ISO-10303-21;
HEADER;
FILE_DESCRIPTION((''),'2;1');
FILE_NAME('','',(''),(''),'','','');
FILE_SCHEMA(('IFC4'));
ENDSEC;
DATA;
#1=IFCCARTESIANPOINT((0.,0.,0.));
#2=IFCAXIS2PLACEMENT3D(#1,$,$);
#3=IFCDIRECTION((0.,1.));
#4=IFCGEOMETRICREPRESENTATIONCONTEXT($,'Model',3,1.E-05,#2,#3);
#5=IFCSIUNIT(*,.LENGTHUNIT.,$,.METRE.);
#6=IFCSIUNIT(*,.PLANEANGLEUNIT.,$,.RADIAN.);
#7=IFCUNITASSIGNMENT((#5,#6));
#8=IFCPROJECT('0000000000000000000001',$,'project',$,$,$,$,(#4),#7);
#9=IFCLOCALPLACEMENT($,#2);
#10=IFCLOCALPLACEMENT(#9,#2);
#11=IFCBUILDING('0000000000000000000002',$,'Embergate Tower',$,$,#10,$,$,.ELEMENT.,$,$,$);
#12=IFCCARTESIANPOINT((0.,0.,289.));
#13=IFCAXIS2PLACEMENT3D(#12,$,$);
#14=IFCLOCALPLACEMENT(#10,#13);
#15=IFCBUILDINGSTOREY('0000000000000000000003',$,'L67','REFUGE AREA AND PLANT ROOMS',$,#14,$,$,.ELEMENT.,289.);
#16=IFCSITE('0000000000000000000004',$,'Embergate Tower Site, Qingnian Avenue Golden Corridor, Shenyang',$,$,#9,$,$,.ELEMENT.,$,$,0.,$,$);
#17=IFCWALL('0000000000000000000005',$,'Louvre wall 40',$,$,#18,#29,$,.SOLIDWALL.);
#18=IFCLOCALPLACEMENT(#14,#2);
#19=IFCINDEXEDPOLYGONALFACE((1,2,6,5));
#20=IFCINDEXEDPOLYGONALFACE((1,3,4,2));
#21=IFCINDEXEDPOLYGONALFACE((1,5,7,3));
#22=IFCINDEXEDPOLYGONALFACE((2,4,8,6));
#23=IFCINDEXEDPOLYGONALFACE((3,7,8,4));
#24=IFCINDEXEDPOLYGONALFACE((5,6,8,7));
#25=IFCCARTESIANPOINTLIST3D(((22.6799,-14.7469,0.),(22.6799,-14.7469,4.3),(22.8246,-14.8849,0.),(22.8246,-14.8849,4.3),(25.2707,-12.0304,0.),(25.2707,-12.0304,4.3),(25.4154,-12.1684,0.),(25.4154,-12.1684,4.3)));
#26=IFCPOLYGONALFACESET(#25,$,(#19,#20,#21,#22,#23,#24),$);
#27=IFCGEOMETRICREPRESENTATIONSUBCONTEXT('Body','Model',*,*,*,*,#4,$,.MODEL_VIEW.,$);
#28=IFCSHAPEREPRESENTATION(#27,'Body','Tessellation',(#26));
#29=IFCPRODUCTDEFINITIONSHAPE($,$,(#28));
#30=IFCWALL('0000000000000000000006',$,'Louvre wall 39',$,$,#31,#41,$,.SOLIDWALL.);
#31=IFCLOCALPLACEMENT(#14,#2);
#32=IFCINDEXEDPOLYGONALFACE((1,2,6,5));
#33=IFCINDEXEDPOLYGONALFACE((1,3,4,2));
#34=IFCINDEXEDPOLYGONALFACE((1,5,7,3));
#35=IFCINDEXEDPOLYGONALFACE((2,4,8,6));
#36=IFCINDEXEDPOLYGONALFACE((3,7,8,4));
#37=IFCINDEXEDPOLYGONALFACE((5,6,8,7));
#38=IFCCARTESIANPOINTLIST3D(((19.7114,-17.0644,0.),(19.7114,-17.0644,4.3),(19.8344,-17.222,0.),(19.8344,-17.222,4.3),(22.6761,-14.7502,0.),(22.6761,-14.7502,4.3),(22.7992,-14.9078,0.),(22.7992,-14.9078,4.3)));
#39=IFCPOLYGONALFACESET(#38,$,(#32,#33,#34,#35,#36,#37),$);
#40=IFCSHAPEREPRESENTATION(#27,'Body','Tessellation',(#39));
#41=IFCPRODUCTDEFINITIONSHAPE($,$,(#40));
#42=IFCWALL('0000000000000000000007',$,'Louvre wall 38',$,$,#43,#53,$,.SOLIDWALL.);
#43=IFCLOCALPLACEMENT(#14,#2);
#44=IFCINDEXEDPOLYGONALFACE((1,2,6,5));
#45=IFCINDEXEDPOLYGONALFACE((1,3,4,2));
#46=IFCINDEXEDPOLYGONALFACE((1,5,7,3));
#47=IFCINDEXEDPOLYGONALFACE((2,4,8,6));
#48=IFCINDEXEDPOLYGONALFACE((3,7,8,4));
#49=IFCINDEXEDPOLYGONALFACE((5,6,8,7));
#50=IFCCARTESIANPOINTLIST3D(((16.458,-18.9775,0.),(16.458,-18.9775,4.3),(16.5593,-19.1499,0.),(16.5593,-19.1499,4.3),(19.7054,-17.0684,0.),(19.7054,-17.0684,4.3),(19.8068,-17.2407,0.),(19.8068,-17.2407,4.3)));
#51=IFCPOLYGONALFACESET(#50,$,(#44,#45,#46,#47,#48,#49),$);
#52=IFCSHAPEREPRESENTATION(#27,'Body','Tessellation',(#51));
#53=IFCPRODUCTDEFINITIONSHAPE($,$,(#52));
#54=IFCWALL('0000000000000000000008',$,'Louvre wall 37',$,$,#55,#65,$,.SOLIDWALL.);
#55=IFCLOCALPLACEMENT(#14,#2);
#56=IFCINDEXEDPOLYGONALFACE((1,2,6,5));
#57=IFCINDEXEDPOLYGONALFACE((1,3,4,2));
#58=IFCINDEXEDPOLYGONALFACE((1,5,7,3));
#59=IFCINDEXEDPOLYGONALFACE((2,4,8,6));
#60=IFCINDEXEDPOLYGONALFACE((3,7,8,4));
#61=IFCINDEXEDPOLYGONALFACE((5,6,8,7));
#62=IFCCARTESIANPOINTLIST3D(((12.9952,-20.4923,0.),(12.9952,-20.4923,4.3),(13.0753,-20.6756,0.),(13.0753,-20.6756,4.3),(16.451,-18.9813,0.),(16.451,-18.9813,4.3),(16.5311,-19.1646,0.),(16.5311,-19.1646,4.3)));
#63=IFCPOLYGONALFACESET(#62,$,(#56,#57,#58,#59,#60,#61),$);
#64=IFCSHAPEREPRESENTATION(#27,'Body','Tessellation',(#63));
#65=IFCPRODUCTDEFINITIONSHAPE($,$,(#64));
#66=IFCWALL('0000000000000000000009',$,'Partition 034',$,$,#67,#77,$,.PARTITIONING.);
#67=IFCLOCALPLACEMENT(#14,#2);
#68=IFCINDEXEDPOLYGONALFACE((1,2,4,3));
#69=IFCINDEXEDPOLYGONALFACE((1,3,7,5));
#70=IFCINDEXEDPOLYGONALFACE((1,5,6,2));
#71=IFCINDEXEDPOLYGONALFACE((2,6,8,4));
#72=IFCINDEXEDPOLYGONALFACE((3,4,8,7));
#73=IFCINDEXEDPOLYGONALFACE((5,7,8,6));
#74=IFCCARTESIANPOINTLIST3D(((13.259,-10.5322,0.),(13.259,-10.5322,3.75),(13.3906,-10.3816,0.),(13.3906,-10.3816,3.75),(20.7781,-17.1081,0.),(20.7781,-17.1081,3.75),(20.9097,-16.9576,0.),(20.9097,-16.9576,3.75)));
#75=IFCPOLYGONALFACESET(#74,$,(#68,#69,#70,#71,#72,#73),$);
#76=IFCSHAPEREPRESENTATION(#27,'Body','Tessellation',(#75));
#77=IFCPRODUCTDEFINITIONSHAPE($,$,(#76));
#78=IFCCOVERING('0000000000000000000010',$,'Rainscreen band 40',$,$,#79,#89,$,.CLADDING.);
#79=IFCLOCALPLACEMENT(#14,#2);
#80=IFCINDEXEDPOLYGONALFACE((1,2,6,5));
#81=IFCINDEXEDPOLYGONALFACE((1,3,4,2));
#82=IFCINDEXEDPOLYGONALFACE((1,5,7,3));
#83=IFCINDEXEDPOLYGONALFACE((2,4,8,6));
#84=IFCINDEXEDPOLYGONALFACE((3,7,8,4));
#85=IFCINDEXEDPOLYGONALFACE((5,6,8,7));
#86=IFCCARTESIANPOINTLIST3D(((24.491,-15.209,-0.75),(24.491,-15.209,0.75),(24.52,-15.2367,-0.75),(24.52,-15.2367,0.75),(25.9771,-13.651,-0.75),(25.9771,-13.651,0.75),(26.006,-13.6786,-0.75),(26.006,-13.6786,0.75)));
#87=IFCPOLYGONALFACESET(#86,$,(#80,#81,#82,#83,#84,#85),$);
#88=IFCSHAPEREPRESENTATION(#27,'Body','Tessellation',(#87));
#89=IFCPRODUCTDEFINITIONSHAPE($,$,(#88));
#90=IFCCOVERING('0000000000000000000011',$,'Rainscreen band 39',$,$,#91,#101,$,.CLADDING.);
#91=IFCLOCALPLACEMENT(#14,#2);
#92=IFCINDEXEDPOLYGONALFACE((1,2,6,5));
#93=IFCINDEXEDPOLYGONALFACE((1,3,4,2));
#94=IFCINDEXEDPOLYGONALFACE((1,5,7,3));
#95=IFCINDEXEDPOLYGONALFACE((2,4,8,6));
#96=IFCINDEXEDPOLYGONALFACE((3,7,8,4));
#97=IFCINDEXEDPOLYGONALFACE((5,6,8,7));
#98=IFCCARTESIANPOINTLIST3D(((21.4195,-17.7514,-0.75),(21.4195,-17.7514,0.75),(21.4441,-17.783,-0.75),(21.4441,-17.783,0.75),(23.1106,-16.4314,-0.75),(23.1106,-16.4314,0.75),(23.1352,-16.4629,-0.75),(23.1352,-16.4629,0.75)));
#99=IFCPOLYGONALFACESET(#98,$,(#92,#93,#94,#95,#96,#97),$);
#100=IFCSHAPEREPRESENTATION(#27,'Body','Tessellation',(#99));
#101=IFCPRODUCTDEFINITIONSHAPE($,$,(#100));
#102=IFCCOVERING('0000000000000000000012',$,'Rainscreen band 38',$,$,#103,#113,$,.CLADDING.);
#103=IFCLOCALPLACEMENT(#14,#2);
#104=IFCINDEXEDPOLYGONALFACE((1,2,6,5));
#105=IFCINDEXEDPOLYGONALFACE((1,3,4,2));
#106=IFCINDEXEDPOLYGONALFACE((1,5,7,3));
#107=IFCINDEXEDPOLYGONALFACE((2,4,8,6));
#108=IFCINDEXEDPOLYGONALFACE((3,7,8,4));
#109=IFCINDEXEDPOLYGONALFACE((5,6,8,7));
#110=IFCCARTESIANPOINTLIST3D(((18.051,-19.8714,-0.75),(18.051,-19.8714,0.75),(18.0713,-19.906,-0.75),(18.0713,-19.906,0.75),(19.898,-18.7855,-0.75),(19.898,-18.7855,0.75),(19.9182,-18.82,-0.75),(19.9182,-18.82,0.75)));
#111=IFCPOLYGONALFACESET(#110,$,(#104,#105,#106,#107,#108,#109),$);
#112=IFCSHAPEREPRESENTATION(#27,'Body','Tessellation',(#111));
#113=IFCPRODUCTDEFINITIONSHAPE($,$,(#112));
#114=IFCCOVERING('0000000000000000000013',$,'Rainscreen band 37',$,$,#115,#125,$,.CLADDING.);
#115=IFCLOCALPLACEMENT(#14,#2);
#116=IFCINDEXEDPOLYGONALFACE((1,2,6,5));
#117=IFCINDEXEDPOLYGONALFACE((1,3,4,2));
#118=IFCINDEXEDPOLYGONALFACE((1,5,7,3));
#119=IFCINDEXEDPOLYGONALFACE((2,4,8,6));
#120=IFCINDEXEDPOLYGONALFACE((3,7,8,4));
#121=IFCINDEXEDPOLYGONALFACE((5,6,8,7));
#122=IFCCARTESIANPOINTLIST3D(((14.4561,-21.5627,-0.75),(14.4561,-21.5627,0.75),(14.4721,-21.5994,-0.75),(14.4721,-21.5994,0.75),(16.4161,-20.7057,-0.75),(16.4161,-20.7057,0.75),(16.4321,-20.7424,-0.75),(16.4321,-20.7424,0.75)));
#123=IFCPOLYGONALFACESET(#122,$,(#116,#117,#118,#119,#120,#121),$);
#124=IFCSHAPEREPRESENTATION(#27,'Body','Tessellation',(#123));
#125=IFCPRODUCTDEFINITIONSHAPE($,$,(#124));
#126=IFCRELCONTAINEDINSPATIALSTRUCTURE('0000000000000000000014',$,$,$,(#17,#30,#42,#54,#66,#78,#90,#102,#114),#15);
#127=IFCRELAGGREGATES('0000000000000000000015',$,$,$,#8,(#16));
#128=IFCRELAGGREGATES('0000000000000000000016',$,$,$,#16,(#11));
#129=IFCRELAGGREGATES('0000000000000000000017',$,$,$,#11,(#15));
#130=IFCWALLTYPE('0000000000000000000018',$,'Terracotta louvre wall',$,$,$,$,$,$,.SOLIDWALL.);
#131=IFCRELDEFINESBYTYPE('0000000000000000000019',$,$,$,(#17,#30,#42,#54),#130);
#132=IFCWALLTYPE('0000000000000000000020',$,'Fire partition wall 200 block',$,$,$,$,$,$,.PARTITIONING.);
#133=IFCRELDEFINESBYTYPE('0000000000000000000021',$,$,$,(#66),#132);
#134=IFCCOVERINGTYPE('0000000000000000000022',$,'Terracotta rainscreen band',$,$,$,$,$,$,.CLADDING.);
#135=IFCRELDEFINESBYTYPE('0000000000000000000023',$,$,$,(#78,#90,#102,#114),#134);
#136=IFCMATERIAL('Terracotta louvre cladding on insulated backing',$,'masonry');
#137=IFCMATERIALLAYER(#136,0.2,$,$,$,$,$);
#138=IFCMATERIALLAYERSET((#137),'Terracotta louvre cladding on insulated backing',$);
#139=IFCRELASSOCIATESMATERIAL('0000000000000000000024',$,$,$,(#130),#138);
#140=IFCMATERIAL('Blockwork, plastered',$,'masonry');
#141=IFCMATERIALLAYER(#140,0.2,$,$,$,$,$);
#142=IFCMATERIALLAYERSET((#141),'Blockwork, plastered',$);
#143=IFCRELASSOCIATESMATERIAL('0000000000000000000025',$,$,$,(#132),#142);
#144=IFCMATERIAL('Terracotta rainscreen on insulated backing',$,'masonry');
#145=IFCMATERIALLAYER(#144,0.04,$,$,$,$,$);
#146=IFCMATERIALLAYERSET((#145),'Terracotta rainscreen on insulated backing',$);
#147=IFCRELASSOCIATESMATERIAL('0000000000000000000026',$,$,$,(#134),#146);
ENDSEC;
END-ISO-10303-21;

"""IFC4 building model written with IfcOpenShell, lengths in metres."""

from ifc_helpers import new_model, si_unit, direction, frame, frame_2d, origin, origin_2d, place, context, subcontext, project, spatial, rectangle, extrude, source, transform, mapped, material, layer, layer_set, type_object, element, save


model = new_model("IFC4")

# Units and contexts
model_context = context("Model", 3, precision=1e-05, world=origin(), true_north=direction((0.0, 1.0)))
body_context = subcontext(model_context, "Body", "Model", "MODEL_VIEW")
ifc_project = project(units=[si_unit("LENGTHUNIT", "METRE"), si_unit("PLANEANGLEUNIT", "RADIAN")], contexts=[model_context])

# Site, building, storey
site_placement = place(None, origin())
site = spatial("IfcSite", under=ifc_project, at=site_placement, Name="Embergate Tower Site, Qingnian Avenue Golden Corridor, Shenyang", CompositionType="ELEMENT", RefElevation=0.0)
building_placement = place(site_placement, origin())
building = spatial("IfcBuilding", under=site, at=building_placement, Name="Embergate Tower", CompositionType="ELEMENT")
storey_placement = place(building_placement, frame((0.0, 0.0, 289.0)))
storey = spatial("IfcBuildingStorey", under=building, at=storey_placement, Name="L67", Description="REFUGE AREA AND PLANT ROOMS", CompositionType="ELEMENT", Elevation=289.0)

# Walls
ifc_material_1 = material(Name="Terracotta louvre cladding on insulated backing", Category="masonry")
ifc_layer_1 = layer(ifc_material_1, 0.2)
ifc_layer_set_1 = layer_set([ifc_layer_1], Name="Terracotta louvre cladding on insulated backing")
wall_type_1 = type_object("IfcWallType", Name="Terracotta louvre wall", PredefinedType="SOLIDWALL", material=ifc_layer_set_1)
shared_shape_1 = source(origin(), body_context, "Body", "SweptSolid", [
    extrude(rectangle(XDim=3.7539, YDim=0.2, at=frame_2d((1.877, 0.0))), origin(), (0.0, 0.0, 1.0), 4.3),
])
wall_1_placement = place(storey_placement, frame((25.343, -12.0994, 0.0), z_axis=(0.0, 0.0, 1.0), x_axis=(-0.690162, -0.723655, 0.0)))
element("IfcWall", 1, at=wall_1_placement, inside=storey, type_object=wall_type_1, Name="Louvre wall 40", PredefinedType="SOLIDWALL", context=body_context, shape_type="MappedRepresentation", body=[
    mapped(shared_shape_1, transform((0.0, 0.0, 0.0))),
])
shared_shape_2 = source(origin(), body_context, "Body", "SweptSolid", [
    extrude(rectangle(XDim=3.761, YDim=0.2, at=frame_2d((1.8804, 0.0))), origin(), (0.0, 0.0, 1.0), 4.3),
])
wall_2_placement = place(storey_placement, frame((22.7375, -14.8291, 0.0), z_axis=(0.0, 0.0, 1.0), x_axis=(-0.788292, -0.615301, 0.0)))
element("IfcWall", 2, at=wall_2_placement, inside=storey, type_object=wall_type_1, Name="Louvre wall 39", PredefinedType="SOLIDWALL", context=body_context, shape_type="MappedRepresentation", body=[
    mapped(shared_shape_2, transform((0.0, 0.0, 0.0))),
])
shared_shape_3 = source(origin(), body_context, "Body", "SweptSolid", [
    extrude(rectangle(XDim=3.7671, YDim=0.2, at=frame_2d((1.8835, 0.0))), origin(), (0.0, 0.0, 1.0), 4.3),
])
wall_3_placement = place(storey_placement, frame((19.7561, -17.1545, 0.0), z_axis=(0.0, 0.0, 1.0), x_axis=(-0.862067, -0.506794, 0.0)))
element("IfcWall", 3, at=wall_3_placement, inside=storey, type_object=wall_type_1, Name="Louvre wall 38", PredefinedType="SOLIDWALL", context=body_context, shape_type="MappedRepresentation", body=[
    mapped(shared_shape_3, transform((0.0, 0.0, 0.0))),
])
shared_shape_4 = source(origin(), body_context, "Body", "SweptSolid", [
    extrude(rectangle(XDim=3.7717, YDim=0.2, at=frame_2d((1.8857, 0.0))), origin(), (0.0, 0.0, 1.0), 4.3),
])
wall_4_placement = place(storey_placement, frame((16.491, -19.073, 0.0), z_axis=(0.0, 0.0, 1.0), x_axis=(-0.916248, -0.400612, 0.0)))
element("IfcWall", 4, at=wall_4_placement, inside=storey, type_object=wall_type_1, Name="Louvre wall 37", PredefinedType="SOLIDWALL", context=body_context, shape_type="MappedRepresentation", body=[
    mapped(shared_shape_4, transform((0.0, 0.0, 0.0))),
])
ifc_material_2 = material(Name="Blockwork, plastered", Category="masonry")
ifc_layer_2 = layer(ifc_material_2, 0.2)
ifc_layer_set_2 = layer_set([ifc_layer_2], Name="Blockwork, plastered")
wall_type_2 = type_object("IfcWallType", Name="Fire partition wall 200 block", PredefinedType="PARTITIONING", material=ifc_layer_set_2)
shared_shape_5 = source(origin(), body_context, "Body", "SweptSolid", [
    extrude(rectangle(XDim=9.989, YDim=0.2, at=frame_2d((4.9946, 0.0))), origin(), (0.0, 0.0, 1.0), 3.75),
])
wall_5_placement = place(storey_placement, frame((20.844, -17.033, 0.0), z_axis=(0.0, 0.0, 1.0), x_axis=(-0.752737, 0.658321, 0.0)))
element("IfcWall", 5, at=wall_5_placement, inside=storey, type_object=wall_type_2, Name="Partition 034", PredefinedType="PARTITIONING", context=body_context, shape_type="MappedRepresentation", body=[
    mapped(shared_shape_5, transform((0.0, 0.0, 0.0))),
])

# Coverings
ifc_material_3 = material(Name="Terracotta rainscreen on insulated backing", Category="masonry")
ifc_layer_3 = layer(ifc_material_3, 0.04)
ifc_layer_set_3 = layer_set([ifc_layer_3], Name="Terracotta rainscreen on insulated backing")
covering_type = type_object("IfcCoveringType", Name="Terracotta rainscreen band", PredefinedType="CLADDING", material=ifc_layer_set_3)
shared_shape_6 = source(origin(), body_context, "Body", "SweptSolid", [
    extrude(rectangle(XDim=2.1531, YDim=0.04, at=origin_2d()), origin(), (0.0, 0.0, 1.0), 1.5),
])
covering_1_placement = place(storey_placement, frame((25.2485, -14.4438, -0.75), z_axis=(0.0, 0.0, 1.0), x_axis=(0.690188, 0.72363, 0.0)))
element("IfcCovering", 6, at=covering_1_placement, inside=storey, type_object=covering_type, Name="Rainscreen band 40", PredefinedType="CLADDING", context=body_context, shape_type="MappedRepresentation", body=[
    mapped(shared_shape_6, transform((0.0, 0.0, 0.0))),
])
shared_shape_7 = source(origin(), body_context, "Body", "SweptSolid", [
    extrude(rectangle(XDim=2.1453, YDim=0.04, at=origin_2d()), origin(), (0.0, 0.0, 1.0), 1.5),
])
covering_2_placement = place(storey_placement, frame((22.2773, -17.1072, -0.75), z_axis=(0.0, 0.0, 1.0), x_axis=(0.788272, 0.615327, 0.0)))
element("IfcCovering", 7, at=covering_2_placement, inside=storey, type_object=covering_type, Name="Rainscreen band 39", PredefinedType="CLADDING", context=body_context, shape_type="MappedRepresentation", body=[
    mapped(shared_shape_7, transform((0.0, 0.0, 0.0))),
])
shared_shape_8 = source(origin(), body_context, "Body", "SweptSolid", [
    extrude(rectangle(XDim=2.1426, YDim=0.04, at=origin_2d()), origin(), (0.0, 0.0, 1.0), 1.5),
])
covering_3_placement = place(storey_placement, frame((18.9846, -19.3457, -0.75), z_axis=(0.0, 0.0, 1.0), x_axis=(0.86203, 0.506857, 0.0)))
element("IfcCovering", 8, at=covering_3_placement, inside=storey, type_object=covering_type, Name="Rainscreen band 38", PredefinedType="CLADDING", context=body_context, shape_type="MappedRepresentation", body=[
    mapped(shared_shape_8, transform((0.0, 0.0, 0.0))),
])
shared_shape_9 = source(origin(), body_context, "Body", "SweptSolid", [
    extrude(rectangle(XDim=2.1392, YDim=0.04, at=origin_2d()), origin(), (0.0, 0.0, 1.0), 1.5),
])
covering_4_placement = place(storey_placement, frame((15.4441, -21.1526, -0.75), z_axis=(0.0, 0.0, 1.0), x_axis=(0.916243, 0.400623, 0.0)))
element("IfcCovering", 9, at=covering_4_placement, inside=storey, type_object=covering_type, Name="Rainscreen band 37", PredefinedType="CLADDING", context=body_context, shape_type="MappedRepresentation", body=[
    mapped(shared_shape_9, transform((0.0, 0.0, 0.0))),
])

save(model, "model.ifc")
